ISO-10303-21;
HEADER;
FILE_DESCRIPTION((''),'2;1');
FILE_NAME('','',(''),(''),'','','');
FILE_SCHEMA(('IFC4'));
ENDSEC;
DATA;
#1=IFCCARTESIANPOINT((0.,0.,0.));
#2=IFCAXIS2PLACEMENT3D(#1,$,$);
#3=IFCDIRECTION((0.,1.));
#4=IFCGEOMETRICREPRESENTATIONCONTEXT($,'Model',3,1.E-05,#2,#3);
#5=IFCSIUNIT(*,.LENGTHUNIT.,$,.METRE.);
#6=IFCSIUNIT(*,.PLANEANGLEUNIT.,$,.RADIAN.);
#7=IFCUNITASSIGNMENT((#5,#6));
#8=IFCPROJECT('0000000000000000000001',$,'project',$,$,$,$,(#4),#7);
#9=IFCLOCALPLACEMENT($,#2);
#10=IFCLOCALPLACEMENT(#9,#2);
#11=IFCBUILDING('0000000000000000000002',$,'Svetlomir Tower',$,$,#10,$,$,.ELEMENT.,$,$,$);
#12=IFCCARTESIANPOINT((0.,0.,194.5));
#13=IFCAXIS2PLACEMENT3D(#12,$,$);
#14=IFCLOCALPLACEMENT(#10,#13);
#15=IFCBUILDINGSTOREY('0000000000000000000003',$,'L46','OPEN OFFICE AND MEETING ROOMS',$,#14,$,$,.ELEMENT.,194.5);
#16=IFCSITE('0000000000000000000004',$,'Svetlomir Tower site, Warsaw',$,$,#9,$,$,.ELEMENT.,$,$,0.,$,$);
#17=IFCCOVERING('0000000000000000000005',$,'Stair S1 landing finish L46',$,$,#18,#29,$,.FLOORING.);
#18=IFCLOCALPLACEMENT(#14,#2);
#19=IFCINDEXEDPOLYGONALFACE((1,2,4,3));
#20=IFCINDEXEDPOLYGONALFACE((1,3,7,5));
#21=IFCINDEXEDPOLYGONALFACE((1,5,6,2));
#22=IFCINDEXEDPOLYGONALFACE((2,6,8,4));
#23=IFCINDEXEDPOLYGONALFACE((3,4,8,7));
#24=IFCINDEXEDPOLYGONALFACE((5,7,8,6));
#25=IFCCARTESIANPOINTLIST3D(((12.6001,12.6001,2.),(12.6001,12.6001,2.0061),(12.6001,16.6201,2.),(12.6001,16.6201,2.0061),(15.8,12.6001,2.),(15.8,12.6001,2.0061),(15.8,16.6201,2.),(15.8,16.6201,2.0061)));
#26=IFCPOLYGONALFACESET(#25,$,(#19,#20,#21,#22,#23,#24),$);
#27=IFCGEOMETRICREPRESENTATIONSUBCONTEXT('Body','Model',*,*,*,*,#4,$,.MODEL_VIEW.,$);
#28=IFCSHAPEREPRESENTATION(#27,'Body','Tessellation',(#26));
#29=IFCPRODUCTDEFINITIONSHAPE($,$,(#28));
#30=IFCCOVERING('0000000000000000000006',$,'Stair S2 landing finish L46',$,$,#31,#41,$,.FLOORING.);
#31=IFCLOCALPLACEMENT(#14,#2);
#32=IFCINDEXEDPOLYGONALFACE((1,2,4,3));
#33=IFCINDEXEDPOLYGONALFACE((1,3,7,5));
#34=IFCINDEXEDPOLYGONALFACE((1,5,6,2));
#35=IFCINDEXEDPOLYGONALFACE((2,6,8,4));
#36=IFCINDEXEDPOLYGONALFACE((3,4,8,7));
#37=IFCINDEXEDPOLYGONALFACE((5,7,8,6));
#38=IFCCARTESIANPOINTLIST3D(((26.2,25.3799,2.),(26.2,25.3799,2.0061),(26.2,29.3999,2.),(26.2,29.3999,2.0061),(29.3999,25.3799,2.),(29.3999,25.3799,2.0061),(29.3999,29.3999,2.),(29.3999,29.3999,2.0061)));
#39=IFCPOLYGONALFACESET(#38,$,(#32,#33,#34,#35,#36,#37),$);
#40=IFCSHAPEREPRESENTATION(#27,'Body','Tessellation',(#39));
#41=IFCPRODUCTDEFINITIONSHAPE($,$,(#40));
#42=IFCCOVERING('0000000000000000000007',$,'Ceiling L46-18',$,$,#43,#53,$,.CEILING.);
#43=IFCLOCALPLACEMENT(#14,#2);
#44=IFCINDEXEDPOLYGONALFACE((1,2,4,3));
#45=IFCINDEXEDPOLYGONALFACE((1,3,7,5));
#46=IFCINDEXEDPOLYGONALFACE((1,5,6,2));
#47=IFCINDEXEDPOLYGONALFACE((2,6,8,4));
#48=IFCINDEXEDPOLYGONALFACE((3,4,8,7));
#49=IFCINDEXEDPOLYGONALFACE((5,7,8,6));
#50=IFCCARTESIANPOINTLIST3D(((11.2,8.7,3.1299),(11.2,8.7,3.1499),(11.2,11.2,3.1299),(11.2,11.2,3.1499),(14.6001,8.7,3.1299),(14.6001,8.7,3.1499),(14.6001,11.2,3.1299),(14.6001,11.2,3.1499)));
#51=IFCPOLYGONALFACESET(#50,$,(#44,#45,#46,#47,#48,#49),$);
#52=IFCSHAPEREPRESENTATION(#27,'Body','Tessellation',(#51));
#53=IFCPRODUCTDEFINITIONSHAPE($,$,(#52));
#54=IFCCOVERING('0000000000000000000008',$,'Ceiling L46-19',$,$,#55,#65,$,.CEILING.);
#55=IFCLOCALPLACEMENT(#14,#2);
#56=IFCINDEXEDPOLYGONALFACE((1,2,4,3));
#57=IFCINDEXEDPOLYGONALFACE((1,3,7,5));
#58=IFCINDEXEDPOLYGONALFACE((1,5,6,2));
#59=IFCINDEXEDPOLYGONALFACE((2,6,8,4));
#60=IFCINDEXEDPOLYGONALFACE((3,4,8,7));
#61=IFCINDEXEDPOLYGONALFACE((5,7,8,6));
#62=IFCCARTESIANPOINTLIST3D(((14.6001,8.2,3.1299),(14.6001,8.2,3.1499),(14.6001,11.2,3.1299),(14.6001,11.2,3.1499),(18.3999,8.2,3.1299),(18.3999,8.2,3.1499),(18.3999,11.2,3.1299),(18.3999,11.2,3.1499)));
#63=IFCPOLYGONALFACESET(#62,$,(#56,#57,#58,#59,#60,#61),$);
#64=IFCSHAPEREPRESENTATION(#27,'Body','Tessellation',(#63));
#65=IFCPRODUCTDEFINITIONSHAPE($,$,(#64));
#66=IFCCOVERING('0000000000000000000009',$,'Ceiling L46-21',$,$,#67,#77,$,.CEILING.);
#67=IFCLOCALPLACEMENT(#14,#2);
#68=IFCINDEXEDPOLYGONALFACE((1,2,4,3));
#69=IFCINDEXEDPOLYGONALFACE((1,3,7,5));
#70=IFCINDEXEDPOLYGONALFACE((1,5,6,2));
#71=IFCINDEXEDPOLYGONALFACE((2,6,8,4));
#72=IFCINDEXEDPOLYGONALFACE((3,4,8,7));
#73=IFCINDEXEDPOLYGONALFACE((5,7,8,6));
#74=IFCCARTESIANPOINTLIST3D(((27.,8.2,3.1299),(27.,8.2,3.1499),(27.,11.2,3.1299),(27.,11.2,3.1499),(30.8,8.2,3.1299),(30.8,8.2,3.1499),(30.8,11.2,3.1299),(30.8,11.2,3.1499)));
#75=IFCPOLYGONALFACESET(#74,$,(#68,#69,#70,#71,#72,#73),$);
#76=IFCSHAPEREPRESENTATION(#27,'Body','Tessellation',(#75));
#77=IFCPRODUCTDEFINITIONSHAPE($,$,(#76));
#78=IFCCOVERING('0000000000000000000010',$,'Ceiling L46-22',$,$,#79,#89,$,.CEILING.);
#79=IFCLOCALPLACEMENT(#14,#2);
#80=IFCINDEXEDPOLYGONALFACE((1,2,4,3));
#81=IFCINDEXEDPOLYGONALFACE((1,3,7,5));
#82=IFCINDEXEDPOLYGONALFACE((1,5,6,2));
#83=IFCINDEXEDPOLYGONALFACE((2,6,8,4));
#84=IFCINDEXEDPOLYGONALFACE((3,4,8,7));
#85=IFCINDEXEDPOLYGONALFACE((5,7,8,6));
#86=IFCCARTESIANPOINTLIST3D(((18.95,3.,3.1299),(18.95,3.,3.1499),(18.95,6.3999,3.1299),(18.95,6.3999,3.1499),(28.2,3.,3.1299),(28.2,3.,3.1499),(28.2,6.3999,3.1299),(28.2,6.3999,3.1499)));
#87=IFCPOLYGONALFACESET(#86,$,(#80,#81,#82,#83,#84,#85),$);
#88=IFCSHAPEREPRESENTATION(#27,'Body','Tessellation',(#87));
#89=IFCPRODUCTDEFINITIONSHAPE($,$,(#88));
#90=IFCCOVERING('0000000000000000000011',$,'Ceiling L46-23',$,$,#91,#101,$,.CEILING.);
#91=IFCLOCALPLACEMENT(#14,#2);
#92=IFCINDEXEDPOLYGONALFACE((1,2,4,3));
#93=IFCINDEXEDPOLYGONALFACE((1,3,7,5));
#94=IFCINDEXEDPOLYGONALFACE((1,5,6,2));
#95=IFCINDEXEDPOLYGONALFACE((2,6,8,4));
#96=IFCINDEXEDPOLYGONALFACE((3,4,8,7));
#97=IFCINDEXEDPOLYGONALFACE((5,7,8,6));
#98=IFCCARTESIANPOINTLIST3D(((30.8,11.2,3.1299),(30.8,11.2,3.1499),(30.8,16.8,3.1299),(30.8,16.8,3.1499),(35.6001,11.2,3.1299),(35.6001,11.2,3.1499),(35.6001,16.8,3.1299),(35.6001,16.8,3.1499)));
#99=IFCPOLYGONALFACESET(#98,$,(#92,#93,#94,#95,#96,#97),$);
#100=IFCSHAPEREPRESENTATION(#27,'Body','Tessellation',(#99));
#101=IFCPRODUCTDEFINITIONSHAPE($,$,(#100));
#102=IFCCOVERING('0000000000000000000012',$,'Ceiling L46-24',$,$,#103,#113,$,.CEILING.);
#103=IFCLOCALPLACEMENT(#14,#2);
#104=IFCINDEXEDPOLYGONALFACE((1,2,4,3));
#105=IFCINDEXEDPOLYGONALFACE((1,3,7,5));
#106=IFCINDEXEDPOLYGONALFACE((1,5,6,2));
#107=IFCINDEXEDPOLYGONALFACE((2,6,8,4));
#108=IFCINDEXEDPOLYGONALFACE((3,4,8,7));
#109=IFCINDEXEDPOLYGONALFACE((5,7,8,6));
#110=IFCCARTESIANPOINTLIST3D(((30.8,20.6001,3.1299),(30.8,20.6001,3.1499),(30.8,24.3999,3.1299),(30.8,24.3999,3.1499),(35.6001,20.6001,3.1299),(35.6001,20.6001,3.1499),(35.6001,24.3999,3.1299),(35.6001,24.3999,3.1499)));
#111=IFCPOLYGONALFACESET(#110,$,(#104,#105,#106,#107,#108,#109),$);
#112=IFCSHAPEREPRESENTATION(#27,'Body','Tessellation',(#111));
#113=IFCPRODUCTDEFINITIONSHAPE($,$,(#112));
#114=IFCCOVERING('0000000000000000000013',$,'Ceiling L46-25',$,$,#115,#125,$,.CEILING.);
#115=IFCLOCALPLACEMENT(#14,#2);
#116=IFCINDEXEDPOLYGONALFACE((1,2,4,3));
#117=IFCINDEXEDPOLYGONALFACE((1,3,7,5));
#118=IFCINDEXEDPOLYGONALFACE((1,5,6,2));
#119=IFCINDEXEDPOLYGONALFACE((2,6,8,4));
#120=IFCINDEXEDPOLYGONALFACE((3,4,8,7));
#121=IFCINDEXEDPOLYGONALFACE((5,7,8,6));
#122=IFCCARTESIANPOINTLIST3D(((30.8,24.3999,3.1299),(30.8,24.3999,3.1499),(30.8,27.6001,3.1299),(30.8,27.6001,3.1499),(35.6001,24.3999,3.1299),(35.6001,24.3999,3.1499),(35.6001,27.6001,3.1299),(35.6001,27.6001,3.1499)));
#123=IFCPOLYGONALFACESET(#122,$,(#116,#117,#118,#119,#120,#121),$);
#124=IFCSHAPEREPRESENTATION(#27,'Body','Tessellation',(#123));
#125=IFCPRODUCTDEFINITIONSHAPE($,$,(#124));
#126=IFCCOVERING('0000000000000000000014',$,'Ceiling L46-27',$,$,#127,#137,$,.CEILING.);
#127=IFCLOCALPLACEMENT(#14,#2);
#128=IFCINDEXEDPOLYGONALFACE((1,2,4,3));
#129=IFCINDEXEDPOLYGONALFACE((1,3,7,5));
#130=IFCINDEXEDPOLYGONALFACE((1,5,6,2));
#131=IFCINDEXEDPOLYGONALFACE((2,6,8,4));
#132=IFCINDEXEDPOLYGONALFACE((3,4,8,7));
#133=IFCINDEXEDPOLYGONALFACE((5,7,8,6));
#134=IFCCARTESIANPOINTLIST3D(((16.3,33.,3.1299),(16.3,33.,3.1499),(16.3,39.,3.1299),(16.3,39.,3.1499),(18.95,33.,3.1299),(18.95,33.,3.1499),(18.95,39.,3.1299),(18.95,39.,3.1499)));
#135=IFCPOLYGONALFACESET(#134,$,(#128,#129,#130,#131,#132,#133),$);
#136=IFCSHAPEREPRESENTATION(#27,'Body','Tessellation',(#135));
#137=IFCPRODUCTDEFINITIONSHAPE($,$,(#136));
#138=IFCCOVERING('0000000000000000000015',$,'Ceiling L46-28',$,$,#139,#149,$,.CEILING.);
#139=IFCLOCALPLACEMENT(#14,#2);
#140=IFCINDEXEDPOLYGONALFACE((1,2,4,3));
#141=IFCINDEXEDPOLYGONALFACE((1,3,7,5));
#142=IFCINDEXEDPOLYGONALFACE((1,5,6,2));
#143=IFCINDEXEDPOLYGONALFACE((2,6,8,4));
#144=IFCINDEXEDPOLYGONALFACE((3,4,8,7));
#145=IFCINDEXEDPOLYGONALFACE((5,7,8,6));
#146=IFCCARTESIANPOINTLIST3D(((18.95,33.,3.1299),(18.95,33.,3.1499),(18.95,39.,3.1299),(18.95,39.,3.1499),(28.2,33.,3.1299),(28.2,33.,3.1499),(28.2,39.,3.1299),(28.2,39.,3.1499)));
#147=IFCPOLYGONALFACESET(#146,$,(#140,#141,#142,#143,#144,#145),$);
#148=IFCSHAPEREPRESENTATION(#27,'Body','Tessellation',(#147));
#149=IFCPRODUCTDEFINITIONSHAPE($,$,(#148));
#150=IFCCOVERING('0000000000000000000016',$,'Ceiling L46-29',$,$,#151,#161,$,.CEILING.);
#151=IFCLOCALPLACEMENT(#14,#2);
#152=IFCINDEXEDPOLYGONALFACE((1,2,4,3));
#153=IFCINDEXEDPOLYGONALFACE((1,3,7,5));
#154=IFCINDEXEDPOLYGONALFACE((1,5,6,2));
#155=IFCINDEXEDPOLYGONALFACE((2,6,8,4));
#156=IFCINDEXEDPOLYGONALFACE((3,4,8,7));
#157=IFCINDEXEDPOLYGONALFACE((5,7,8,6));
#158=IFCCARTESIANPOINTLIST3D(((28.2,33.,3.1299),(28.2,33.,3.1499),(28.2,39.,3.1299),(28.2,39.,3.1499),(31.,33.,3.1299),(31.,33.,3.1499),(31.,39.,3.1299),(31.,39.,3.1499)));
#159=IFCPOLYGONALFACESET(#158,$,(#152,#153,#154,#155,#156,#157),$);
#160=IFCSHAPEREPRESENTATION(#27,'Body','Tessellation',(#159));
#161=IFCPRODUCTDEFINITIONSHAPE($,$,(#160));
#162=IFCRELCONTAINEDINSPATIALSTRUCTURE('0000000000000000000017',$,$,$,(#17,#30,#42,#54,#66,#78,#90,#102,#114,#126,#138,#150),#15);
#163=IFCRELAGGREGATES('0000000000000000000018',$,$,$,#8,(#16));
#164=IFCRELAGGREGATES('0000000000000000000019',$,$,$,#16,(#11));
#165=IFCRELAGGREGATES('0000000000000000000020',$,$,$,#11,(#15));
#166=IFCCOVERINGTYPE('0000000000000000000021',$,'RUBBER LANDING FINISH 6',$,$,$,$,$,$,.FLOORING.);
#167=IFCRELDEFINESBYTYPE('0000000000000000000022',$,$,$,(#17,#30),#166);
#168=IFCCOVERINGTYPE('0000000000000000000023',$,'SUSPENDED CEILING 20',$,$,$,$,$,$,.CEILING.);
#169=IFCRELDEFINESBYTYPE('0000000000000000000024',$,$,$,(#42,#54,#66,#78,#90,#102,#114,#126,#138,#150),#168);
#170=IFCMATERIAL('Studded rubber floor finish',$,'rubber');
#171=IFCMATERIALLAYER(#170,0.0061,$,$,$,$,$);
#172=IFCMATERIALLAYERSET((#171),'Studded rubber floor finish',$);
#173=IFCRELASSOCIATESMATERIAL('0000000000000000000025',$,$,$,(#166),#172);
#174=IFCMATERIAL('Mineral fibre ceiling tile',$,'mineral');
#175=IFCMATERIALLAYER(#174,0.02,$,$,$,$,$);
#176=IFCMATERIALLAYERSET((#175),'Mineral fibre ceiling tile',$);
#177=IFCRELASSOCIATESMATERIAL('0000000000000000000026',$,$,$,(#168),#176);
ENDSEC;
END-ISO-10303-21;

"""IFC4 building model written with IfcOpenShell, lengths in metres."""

from ifc_helpers import new_model, si_unit, direction, frame, origin, place, context, subcontext, project, spatial, polyline, outline, extrude, material, layer, layer_set, type_object, element, save


model = new_model("IFC4")

# Units and contexts
model_context = context("Model", 3, precision=1e-05, world=origin(), true_north=direction((0.0, 1.0)))
body_context = subcontext(model_context, "Body", "Model", "MODEL_VIEW")
ifc_project = project(units=[si_unit("LENGTHUNIT", "METRE"), si_unit("PLANEANGLEUNIT", "RADIAN")], contexts=[model_context])

# Site, building, storey
site_placement = place(None, origin())
site = spatial("IfcSite", under=ifc_project, at=site_placement, Name="Svetlomir Tower site, Warsaw", CompositionType="ELEMENT", RefElevation=0.0)
building_placement = place(site_placement, origin())
building = spatial("IfcBuilding", under=site, at=building_placement, Name="Svetlomir Tower", CompositionType="ELEMENT")
storey_placement = place(building_placement, frame((0.0, 0.0, 194.5)))
storey = spatial("IfcBuildingStorey", under=building, at=storey_placement, Name="L46", Description="OPEN OFFICE AND MEETING ROOMS", CompositionType="ELEMENT", Elevation=194.5)

# Coverings
ifc_material_1 = material(Name="Studded rubber floor finish", Category="rubber")
ifc_layer_1 = layer(ifc_material_1, 0.0061)
ifc_layer_set_1 = layer_set([ifc_layer_1], Name="Studded rubber floor finish")
covering_type_1 = type_object("IfcCoveringType", Name="RUBBER LANDING FINISH 6", PredefinedType="FLOORING", material=ifc_layer_set_1)
covering_1_placement = place(storey_placement, frame((0.0, 0.0, 2.0)))
element("IfcCovering", 1, at=covering_1_placement, inside=storey, type_object=covering_type_1, Name="Stair S1 landing finish L46", PredefinedType="FLOORING", context=body_context, shape_type="SweptSolid", body=[
    extrude(outline(polyline([(12.6001, 12.6001), (15.8, 12.6001), (15.8, 16.6201), (12.6001, 16.6201), (12.6001, 12.6001)])), origin(), (0.0, 0.0, 1.0), 0.0061),
])
covering_2_placement = place(storey_placement, frame((0.0, 0.0, 2.0)))
element("IfcCovering", 2, at=covering_2_placement, inside=storey, type_object=covering_type_1, Name="Stair S2 landing finish L46", PredefinedType="FLOORING", context=body_context, shape_type="SweptSolid", body=[
    extrude(outline(polyline([(26.2, 25.3799), (29.3999, 25.3799), (29.3999, 29.3999), (26.2, 29.3999), (26.2, 25.3799)])), origin(), (0.0, 0.0, 1.0), 0.0061),
])
ifc_material_2 = material(Name="Mineral fibre ceiling tile", Category="mineral")
ifc_layer_2 = layer(ifc_material_2, 0.02)
ifc_layer_set_2 = layer_set([ifc_layer_2], Name="Mineral fibre ceiling tile")
covering_type_2 = type_object("IfcCoveringType", Name="SUSPENDED CEILING 20", PredefinedType="CEILING", material=ifc_layer_set_2)
covering_3_placement = place(storey_placement, frame((0.0, 0.0, 3.1299)))
element("IfcCovering", 3, at=covering_3_placement, inside=storey, type_object=covering_type_2, Name="Ceiling L46-18", PredefinedType="CEILING", context=body_context, shape_type="SweptSolid", body=[
    extrude(outline(polyline([(11.2, 8.7), (14.6001, 8.7), (14.6001, 11.2), (11.2, 11.2), (11.2, 8.7)])), origin(), (0.0, 0.0, 1.0), 0.02),
])
covering_4_placement = place(storey_placement, frame((0.0, 0.0, 3.1299)))
element("IfcCovering", 4, at=covering_4_placement, inside=storey, type_object=covering_type_2, Name="Ceiling L46-19", PredefinedType="CEILING", context=body_context, shape_type="SweptSolid", body=[
    extrude(outline(polyline([(14.6001, 8.2), (18.3999, 8.2), (18.3999, 11.2), (14.6001, 11.2), (14.6001, 8.2)])), origin(), (0.0, 0.0, 1.0), 0.02),
])
covering_5_placement = place(storey_placement, frame((0.0, 0.0, 3.1299)))
element("IfcCovering", 5, at=covering_5_placement, inside=storey, type_object=covering_type_2, Name="Ceiling L46-21", PredefinedType="CEILING", context=body_context, shape_type="SweptSolid", body=[
    extrude(outline(polyline([(27.0, 8.2), (30.8, 8.2), (30.8, 11.2), (27.0, 11.2), (27.0, 8.2)])), origin(), (0.0, 0.0, 1.0), 0.02),
])
covering_6_placement = place(storey_placement, frame((0.0, 0.0, 3.1299)))
element("IfcCovering", 6, at=covering_6_placement, inside=storey, type_object=covering_type_2, Name="Ceiling L46-22", PredefinedType="CEILING", context=body_context, shape_type="SweptSolid", body=[
    extrude(outline(polyline([(18.95, 3.0), (28.2, 3.0), (28.2, 6.3999), (18.95, 6.3999), (18.95, 3.0)])), origin(), (0.0, 0.0, 1.0), 0.02),
])
covering_7_placement = place(storey_placement, frame((0.0, 0.0, 3.1299)))
element("IfcCovering", 7, at=covering_7_placement, inside=storey, type_object=covering_type_2, Name="Ceiling L46-23", PredefinedType="CEILING", context=body_context, shape_type="SweptSolid", body=[
    extrude(outline(polyline([(30.8, 11.2), (35.6001, 11.2), (35.6001, 16.8), (30.8, 16.8), (30.8, 11.2)])), origin(), (0.0, 0.0, 1.0), 0.02),
])
covering_8_placement = place(storey_placement, frame((0.0, 0.0, 3.1299)))
element("IfcCovering", 8, at=covering_8_placement, inside=storey, type_object=covering_type_2, Name="Ceiling L46-24", PredefinedType="CEILING", context=body_context, shape_type="SweptSolid", body=[
    extrude(outline(polyline([(30.8, 20.6001), (35.6001, 20.6001), (35.6001, 24.3999), (30.8, 24.3999), (30.8, 20.6001)])), origin(), (0.0, 0.0, 1.0), 0.02),
])
covering_9_placement = place(storey_placement, frame((0.0, 0.0, 3.1299)))
element("IfcCovering", 9, at=covering_9_placement, inside=storey, type_object=covering_type_2, Name="Ceiling L46-25", PredefinedType="CEILING", context=body_context, shape_type="SweptSolid", body=[
    extrude(outline(polyline([(30.8, 24.3999), (35.6001, 24.3999), (35.6001, 27.6001), (30.8, 27.6001), (30.8, 24.3999)])), origin(), (0.0, 0.0, 1.0), 0.02),
])
covering_10_placement = place(storey_placement, frame((0.0, 0.0, 3.1299)))
element("IfcCovering", 10, at=covering_10_placement, inside=storey, type_object=covering_type_2, Name="Ceiling L46-27", PredefinedType="CEILING", context=body_context, shape_type="SweptSolid", body=[
    extrude(outline(polyline([(16.3, 33.0), (18.95, 33.0), (18.95, 39.0), (16.3, 39.0), (16.3, 33.0)])), origin(), (0.0, 0.0, 1.0), 0.02),
])
covering_11_placement = place(storey_placement, frame((0.0, 0.0, 3.1299)))
element("IfcCovering", 11, at=covering_11_placement, inside=storey, type_object=covering_type_2, Name="Ceiling L46-28", PredefinedType="CEILING", context=body_context, shape_type="SweptSolid", body=[
    extrude(outline(polyline([(18.95, 33.0), (28.2, 33.0), (28.2, 39.0), (18.95, 39.0), (18.95, 33.0)])), origin(), (0.0, 0.0, 1.0), 0.02),
])
covering_12_placement = place(storey_placement, frame((0.0, 0.0, 3.1299)))
element("IfcCovering", 12, at=covering_12_placement, inside=storey, type_object=covering_type_2, Name="Ceiling L46-29", PredefinedType="CEILING", context=body_context, shape_type="SweptSolid", body=[
    extrude(outline(polyline([(28.2, 33.0), (31.0, 33.0), (31.0, 39.0), (28.2, 39.0), (28.2, 33.0)])), origin(), (0.0, 0.0, 1.0), 0.02),
])

save(model, "model.ifc")
